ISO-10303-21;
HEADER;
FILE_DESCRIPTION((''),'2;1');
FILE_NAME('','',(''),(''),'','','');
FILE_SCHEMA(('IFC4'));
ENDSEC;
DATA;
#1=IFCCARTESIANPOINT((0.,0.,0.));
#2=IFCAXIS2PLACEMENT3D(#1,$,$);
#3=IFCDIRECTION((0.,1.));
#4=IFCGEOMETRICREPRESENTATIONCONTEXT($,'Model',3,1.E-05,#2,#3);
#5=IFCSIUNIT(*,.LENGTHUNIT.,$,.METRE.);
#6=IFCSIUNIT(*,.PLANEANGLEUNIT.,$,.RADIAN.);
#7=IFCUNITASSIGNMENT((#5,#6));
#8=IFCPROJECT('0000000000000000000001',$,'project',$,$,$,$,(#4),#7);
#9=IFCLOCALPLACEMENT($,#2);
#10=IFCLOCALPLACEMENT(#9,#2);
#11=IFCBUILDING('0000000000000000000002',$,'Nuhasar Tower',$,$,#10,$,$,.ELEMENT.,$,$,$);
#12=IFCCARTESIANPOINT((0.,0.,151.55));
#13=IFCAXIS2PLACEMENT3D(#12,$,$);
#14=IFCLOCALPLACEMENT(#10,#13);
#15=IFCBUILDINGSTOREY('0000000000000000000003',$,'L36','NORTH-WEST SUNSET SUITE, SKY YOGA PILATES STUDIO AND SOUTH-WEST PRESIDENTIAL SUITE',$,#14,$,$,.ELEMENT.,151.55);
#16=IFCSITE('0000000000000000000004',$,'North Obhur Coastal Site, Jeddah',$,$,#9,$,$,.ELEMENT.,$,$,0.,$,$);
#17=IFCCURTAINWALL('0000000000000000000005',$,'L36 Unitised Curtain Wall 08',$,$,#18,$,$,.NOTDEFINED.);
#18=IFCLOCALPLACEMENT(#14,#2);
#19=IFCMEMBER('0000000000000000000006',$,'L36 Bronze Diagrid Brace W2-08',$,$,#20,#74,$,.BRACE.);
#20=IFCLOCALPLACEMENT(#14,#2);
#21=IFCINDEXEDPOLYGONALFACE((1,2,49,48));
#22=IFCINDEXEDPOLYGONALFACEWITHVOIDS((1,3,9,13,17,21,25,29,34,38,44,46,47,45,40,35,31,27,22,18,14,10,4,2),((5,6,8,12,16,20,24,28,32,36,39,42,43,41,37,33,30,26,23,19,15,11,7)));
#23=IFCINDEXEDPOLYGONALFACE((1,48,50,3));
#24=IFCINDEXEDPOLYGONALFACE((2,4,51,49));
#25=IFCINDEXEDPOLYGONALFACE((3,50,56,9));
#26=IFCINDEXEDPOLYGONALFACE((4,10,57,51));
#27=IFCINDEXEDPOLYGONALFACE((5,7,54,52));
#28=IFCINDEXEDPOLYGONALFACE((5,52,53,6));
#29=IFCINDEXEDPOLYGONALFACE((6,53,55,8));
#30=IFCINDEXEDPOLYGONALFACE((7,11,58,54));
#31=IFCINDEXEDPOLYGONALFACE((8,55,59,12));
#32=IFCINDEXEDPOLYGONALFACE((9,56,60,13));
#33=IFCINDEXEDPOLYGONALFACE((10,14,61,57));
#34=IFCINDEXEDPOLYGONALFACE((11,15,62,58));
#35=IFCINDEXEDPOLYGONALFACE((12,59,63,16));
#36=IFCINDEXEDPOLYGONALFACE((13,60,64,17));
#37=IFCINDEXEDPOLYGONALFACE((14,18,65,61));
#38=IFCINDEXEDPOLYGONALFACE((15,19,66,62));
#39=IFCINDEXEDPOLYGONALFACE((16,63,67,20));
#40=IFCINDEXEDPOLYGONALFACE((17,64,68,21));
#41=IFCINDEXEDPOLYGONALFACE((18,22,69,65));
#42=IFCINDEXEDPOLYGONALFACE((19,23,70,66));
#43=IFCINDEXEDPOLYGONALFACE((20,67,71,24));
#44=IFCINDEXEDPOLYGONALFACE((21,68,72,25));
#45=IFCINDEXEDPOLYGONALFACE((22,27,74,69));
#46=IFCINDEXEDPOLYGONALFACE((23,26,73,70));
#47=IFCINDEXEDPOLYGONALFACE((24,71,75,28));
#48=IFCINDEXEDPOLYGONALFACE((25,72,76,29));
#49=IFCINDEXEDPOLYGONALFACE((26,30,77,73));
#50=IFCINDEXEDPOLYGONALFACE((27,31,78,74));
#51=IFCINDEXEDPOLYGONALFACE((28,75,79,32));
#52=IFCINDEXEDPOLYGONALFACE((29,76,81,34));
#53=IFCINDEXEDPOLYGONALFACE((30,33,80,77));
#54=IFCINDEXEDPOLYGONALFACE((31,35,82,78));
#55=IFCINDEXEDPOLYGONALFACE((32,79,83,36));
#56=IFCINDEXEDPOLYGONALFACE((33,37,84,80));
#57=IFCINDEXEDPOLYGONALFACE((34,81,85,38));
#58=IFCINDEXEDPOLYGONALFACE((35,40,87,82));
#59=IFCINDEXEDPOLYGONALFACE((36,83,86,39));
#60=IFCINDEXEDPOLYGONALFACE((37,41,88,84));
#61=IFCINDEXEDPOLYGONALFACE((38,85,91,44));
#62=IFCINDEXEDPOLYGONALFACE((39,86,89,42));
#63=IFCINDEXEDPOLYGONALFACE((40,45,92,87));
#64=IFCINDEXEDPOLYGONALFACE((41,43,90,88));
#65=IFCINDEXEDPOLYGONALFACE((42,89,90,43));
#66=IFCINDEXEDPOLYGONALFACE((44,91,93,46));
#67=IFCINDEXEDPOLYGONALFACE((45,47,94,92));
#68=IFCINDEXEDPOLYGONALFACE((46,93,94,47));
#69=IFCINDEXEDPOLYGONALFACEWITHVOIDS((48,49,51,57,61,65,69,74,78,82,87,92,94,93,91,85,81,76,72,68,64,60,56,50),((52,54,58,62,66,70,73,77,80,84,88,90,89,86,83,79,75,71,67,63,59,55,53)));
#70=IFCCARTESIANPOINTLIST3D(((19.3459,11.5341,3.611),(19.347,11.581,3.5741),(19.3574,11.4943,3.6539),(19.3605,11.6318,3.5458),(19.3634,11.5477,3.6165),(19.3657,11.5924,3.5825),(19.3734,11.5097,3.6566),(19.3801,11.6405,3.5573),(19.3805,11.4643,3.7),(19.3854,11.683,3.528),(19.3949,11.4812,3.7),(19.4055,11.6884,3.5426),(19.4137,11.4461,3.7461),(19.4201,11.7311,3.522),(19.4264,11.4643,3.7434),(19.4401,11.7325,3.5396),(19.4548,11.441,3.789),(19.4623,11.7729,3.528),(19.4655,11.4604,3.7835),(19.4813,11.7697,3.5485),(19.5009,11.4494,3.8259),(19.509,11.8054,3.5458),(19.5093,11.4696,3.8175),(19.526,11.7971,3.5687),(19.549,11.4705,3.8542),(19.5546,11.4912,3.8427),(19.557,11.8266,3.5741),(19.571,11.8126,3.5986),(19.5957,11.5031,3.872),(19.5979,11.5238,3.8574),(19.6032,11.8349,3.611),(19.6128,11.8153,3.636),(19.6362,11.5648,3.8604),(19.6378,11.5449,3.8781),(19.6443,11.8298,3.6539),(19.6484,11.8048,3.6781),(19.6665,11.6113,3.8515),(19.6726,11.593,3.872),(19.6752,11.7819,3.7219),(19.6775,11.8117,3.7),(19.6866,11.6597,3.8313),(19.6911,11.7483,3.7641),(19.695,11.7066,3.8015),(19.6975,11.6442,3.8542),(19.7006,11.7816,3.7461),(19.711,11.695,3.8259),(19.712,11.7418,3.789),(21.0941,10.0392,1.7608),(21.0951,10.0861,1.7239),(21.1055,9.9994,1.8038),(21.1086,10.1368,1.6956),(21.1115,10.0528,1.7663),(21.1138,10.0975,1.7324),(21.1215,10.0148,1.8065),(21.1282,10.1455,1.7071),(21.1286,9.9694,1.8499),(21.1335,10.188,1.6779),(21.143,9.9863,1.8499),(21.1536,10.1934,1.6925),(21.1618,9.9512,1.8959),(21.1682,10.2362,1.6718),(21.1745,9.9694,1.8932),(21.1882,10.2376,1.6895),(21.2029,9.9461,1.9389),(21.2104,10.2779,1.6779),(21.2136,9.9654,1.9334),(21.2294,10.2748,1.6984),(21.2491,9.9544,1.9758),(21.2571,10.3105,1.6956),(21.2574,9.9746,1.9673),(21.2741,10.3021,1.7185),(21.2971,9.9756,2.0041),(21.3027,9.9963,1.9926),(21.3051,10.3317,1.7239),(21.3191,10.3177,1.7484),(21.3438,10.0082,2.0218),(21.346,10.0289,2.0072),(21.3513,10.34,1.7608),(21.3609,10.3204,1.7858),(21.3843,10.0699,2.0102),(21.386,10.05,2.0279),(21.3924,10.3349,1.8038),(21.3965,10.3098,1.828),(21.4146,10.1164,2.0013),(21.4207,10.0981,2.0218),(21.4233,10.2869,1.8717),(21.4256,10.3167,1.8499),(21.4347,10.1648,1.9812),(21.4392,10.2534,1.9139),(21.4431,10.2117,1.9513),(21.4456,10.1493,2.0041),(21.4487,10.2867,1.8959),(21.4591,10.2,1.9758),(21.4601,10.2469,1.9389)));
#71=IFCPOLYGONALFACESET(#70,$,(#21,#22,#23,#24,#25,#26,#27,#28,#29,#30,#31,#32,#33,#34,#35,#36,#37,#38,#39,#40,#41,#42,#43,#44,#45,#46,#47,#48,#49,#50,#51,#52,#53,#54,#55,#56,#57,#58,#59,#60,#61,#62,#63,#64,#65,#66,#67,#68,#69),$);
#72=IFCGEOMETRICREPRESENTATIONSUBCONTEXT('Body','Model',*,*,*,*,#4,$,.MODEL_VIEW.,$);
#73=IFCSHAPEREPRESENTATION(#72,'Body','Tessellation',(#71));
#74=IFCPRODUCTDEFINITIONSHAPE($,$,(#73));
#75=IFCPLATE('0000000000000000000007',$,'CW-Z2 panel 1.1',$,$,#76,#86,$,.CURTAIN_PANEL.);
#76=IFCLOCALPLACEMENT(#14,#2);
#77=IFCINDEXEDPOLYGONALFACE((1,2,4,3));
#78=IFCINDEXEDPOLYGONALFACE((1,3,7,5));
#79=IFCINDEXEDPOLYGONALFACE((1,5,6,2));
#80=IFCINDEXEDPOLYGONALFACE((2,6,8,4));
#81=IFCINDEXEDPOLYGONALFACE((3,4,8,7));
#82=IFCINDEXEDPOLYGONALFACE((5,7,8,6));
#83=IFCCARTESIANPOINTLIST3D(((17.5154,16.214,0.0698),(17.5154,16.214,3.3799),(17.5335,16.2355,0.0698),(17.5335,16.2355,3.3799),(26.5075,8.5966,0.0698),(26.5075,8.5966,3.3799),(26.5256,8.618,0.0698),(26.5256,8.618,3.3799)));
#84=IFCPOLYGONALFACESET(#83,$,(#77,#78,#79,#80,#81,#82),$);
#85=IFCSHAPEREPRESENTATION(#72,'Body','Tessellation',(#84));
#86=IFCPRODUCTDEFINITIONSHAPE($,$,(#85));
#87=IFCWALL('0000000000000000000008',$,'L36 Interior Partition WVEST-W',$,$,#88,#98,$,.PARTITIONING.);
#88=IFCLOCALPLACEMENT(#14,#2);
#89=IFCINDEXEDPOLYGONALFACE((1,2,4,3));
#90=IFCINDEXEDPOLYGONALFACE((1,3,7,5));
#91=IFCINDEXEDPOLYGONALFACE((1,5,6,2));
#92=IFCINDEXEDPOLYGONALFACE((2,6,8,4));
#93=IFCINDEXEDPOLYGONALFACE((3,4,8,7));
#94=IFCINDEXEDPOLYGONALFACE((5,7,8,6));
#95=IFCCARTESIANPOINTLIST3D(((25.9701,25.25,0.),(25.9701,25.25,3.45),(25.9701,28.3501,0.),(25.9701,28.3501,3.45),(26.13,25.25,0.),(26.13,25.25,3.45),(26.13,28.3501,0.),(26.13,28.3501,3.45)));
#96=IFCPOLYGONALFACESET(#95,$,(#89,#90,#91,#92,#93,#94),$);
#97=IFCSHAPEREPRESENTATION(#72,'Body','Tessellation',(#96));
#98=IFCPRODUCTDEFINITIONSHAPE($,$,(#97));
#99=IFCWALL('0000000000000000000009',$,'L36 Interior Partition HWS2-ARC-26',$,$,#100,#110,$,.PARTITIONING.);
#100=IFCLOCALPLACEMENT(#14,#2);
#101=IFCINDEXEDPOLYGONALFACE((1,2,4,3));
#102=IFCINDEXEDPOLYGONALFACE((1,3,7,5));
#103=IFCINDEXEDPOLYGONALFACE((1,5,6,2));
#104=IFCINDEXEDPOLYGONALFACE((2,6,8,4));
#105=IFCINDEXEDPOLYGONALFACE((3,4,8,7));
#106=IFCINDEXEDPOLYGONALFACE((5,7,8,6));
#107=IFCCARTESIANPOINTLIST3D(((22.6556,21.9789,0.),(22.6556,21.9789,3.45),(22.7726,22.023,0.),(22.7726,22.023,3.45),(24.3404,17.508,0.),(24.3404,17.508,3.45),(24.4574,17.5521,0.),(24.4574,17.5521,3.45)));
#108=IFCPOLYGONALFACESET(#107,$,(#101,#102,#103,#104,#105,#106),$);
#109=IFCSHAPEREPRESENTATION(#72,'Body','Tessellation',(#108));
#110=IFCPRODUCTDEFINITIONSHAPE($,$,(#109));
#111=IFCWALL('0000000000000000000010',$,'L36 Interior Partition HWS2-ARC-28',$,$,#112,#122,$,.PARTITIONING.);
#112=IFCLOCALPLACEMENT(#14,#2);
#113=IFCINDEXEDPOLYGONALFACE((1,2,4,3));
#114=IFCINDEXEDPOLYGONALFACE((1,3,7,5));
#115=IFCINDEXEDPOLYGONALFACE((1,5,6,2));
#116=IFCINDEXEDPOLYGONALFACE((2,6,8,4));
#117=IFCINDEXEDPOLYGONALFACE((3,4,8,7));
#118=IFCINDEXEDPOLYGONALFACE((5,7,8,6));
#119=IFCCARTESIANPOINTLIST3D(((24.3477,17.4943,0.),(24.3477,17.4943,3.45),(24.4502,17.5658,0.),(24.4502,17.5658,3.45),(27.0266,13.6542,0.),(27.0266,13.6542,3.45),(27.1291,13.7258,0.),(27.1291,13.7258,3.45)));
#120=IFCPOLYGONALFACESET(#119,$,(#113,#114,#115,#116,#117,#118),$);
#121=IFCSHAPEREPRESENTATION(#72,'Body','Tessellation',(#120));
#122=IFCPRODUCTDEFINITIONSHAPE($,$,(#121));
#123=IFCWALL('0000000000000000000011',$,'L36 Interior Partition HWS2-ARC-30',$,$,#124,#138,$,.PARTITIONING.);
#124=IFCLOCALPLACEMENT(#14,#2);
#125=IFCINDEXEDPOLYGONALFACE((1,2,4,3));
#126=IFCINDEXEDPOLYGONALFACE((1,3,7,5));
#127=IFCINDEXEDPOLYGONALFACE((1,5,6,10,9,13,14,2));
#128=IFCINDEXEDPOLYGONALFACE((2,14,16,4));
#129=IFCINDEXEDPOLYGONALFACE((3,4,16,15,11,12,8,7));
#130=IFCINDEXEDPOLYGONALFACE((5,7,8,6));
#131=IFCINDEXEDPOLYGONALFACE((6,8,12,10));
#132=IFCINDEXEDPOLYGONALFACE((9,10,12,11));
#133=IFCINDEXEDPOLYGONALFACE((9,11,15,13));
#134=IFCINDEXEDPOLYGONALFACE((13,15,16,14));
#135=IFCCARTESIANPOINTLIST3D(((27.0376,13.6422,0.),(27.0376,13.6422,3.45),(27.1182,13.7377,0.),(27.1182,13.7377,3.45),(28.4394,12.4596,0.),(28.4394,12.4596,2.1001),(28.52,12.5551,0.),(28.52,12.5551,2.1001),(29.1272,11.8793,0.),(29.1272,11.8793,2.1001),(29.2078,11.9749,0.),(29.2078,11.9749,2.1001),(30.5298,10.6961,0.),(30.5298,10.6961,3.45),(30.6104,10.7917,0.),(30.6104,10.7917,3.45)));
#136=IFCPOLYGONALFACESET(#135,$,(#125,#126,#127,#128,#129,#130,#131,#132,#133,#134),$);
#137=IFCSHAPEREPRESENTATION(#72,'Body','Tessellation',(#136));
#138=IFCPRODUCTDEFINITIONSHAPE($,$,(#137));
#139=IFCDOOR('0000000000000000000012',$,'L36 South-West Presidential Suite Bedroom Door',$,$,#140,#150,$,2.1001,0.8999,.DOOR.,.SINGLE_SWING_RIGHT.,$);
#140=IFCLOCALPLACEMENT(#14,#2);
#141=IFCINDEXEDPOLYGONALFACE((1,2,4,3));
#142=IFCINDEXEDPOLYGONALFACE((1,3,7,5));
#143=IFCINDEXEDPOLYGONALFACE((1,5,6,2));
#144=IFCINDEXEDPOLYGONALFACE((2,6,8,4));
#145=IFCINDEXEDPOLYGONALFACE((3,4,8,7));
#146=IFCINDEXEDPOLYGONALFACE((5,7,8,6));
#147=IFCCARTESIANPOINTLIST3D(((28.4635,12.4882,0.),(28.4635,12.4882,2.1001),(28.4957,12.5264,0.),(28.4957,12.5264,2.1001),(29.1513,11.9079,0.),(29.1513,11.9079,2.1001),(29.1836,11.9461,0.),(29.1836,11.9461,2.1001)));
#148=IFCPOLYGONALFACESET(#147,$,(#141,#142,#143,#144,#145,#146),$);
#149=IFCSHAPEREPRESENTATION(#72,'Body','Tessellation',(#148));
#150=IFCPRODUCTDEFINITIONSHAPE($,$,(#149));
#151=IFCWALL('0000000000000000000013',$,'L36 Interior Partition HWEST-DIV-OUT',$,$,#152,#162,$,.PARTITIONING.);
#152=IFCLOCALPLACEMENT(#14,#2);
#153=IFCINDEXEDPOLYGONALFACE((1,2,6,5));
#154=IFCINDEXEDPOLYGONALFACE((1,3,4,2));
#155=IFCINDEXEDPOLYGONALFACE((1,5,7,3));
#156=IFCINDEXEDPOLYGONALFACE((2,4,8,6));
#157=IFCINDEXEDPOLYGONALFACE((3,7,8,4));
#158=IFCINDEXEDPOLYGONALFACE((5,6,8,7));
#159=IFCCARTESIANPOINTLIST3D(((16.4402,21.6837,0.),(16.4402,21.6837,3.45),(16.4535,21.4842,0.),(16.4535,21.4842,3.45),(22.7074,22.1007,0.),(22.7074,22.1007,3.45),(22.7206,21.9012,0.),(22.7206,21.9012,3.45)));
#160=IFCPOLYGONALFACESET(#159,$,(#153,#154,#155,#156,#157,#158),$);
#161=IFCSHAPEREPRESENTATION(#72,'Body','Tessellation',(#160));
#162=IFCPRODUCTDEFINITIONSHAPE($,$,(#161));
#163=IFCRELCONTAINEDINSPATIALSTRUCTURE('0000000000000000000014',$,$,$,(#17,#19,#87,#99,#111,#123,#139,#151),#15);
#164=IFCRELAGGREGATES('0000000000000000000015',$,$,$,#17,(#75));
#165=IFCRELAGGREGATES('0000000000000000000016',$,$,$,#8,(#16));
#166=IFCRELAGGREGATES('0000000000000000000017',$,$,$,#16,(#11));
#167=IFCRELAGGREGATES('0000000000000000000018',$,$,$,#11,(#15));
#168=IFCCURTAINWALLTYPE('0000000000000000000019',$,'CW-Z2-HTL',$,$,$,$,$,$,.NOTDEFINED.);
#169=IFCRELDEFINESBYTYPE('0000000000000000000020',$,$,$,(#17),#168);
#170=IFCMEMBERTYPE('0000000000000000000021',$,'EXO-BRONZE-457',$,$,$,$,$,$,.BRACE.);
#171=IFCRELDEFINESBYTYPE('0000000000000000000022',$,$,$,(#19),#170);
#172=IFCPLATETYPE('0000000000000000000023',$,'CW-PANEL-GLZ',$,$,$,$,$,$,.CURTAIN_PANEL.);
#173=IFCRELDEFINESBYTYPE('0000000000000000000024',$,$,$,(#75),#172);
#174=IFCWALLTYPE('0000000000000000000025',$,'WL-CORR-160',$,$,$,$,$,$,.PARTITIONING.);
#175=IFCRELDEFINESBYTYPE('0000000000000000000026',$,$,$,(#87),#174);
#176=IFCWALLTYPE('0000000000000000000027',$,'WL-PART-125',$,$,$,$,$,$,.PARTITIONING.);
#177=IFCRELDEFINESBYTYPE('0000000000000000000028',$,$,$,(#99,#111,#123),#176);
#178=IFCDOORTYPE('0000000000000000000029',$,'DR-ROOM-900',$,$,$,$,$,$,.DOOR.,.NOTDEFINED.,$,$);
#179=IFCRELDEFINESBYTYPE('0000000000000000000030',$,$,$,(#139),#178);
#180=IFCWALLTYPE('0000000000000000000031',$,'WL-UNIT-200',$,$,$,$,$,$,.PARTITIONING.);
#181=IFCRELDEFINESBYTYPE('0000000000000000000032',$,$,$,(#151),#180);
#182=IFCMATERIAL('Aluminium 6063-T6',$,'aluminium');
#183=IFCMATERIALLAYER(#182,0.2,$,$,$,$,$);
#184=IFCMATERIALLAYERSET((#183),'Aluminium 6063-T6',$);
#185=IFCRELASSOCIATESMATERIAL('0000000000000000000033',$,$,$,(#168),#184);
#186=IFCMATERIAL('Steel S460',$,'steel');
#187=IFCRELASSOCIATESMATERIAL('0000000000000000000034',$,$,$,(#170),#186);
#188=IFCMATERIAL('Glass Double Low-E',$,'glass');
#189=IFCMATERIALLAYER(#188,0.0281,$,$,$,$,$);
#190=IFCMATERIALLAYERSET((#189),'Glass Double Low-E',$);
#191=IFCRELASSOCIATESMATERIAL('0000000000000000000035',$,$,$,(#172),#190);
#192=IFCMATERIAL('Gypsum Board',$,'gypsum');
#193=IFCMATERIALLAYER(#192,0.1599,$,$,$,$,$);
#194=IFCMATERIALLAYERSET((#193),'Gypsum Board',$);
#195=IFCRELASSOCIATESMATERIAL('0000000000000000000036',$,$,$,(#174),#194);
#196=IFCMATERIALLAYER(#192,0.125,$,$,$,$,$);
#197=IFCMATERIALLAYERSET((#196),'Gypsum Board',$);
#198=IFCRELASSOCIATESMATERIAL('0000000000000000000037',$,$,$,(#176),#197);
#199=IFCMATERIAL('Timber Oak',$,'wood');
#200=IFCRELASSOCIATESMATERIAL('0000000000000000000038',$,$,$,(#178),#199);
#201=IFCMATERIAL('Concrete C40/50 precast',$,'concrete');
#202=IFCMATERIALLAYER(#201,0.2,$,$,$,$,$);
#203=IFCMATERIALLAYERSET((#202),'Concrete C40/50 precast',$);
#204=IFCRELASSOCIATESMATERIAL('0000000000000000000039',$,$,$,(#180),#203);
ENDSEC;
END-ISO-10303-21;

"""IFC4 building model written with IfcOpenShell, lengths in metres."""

from ifc_helpers import new_model, si_unit, direction, frame, frame_2d, origin, origin_2d, place, context, subcontext, project, spatial, rectangle, hollow_circle, extrude, material, layer, layer_set, material_profile, profile_set, type_object, element, fill, aggregate, save


model = new_model("IFC4")

# Units and contexts
model_context = context("Model", 3, precision=1e-05, world=origin(), true_north=direction((0.0, 1.0)))
body_context = subcontext(model_context, "Body", "Model", "MODEL_VIEW")
ifc_project = project(units=[si_unit("LENGTHUNIT", "METRE"), si_unit("PLANEANGLEUNIT", "RADIAN")], contexts=[model_context])

# Site, building, storey
site_placement = place(None, origin())
site = spatial("IfcSite", under=ifc_project, at=site_placement, Name="North Obhur Coastal Site, Jeddah", CompositionType="ELEMENT", RefElevation=0.0)
building_placement = place(site_placement, origin())
building = spatial("IfcBuilding", under=site, at=building_placement, Name="Nuhasar Tower", CompositionType="ELEMENT")
storey_placement = place(building_placement, frame((0.0, 0.0, 151.55)))
storey = spatial("IfcBuildingStorey", under=building, at=storey_placement, Name="L36", Description="NORTH-WEST SUNSET SUITE, SKY YOGA PILATES STUDIO AND SOUTH-WEST PRESIDENTIAL SUITE", CompositionType="ELEMENT", Elevation=151.55)

# Curtain wall
ifc_material_1 = material(Name="Aluminium 6063-T6", Category="aluminium")
ifc_layer_1 = layer(ifc_material_1, 0.2)
ifc_layer_set_1 = layer_set([ifc_layer_1], Name="Aluminium 6063-T6")
curtain_wall_type = type_object("IfcCurtainWallType", Name="CW-Z2-HTL", PredefinedType="NOTDEFINED", material=ifc_layer_set_1)
curtain_wall_1_placement = place(storey_placement, origin())
curtain_wall_1 = element("IfcCurtainWall", 1, at=curtain_wall_1_placement, inside=storey, type_object=curtain_wall_type, Name="L36 Unitised Curtain Wall 08", PredefinedType="NOTDEFINED")

# Member
ifc_material_2 = material(Name="Steel S460", Category="steel")
ifc_material_profile_1 = material_profile(ifc_material_2, hollow_circle(Radius=0.2285, WallThickness=0.0222, at=origin_2d()), Name="HSS457X22.2")
ifc_profile_set_1 = profile_set([ifc_material_profile_1], Name="Steel S460")
member_type_1 = type_object("IfcMemberType", Name="EXO-BRONZE-457", PredefinedType="BRACE", material=ifc_profile_set_1)
member_1_placement = place(storey_placement, frame((21.2771, 10.1431, 1.8499), z_axis=(-0.592195, 0.506426, 0.626767), x_axis=(-0.649926, -0.759998, 0.0)))
element("IfcMember", 2, at=member_1_placement, inside=storey, type_object=member_type_1, Name="L36 Bronze Diagrid Brace W2-08", PredefinedType="BRACE", context=body_context, shape_type="SweptSolid", body=[
    extrude(hollow_circle(Radius=0.2285, WallThickness=0.0222, at=origin_2d()), origin(), (0.0, 0.0, 1.0), 2.9519),
])

# Plate
ifc_material_3 = material(Name="Glass Double Low-E", Category="glass")
ifc_layer_2 = layer(ifc_material_3, 0.0281)
ifc_layer_set_2 = layer_set([ifc_layer_2], Name="Glass Double Low-E")
plate_type = type_object("IfcPlateType", Name="CW-PANEL-GLZ", PredefinedType="CURTAIN_PANEL", material=ifc_layer_set_2)
plate_placement = place(storey_placement, frame((22.0205, 12.416, 0.0698), z_axis=(0.0, 0.0, 1.0), x_axis=(0.76302, -0.646374, 0.0)))
plate = element("IfcPlate", 3, at=plate_placement, type_object=plate_type, Name="CW-Z2 panel 1.1", PredefinedType="CURTAIN_PANEL", context=body_context, shape_type="SweptSolid", body=[
    extrude(rectangle(XDim=11.7849, YDim=0.0281, at=origin_2d()), origin(), (0.0, 0.0, 1.0), 3.3101),
])
aggregate(curtain_wall_1, [plate])

# Shared definitions
ifc_material_4 = material(Name="Gypsum Board", Category="gypsum")
ifc_layer_3 = layer(ifc_material_4, 0.1599)
ifc_layer_set_3 = layer_set([ifc_layer_3], Name="Gypsum Board")
wall_type_1 = type_object("IfcWallType", Name="WL-CORR-160", PredefinedType="PARTITIONING", material=ifc_layer_set_3)
ifc_material_5 = material(Name="Timber Oak", Category="wood")

# Walls
wall_1_placement = place(storey_placement, frame((26.05, 25.25, 0.0), z_axis=(0.0, 0.0, 1.0), x_axis=(0.0, 1.0, 0.0)))
element("IfcWall", 4, at=wall_1_placement, inside=storey, type_object=wall_type_1, Name="L36 Interior Partition WVEST-W", PredefinedType="PARTITIONING", context=body_context, shape_type="SweptSolid", body=[
    extrude(rectangle(XDim=3.1001, YDim=0.1599, at=frame_2d((1.55, 0.0))), origin(), (0.0, 0.0, 1.0), 3.45),
])
ifc_layer_4 = layer(ifc_material_4, 0.125)
ifc_layer_set_4 = layer_set([ifc_layer_4], Name="Gypsum Board")
wall_type_2 = type_object("IfcWallType", Name="WL-PART-125", PredefinedType="PARTITIONING", material=ifc_layer_set_4)
wall_2_placement = place(storey_placement, frame((22.7141, 22.001, 0.0), z_axis=(0.0, 0.0, 1.0), x_axis=(0.352629, -0.935763, 0.0)))
element("IfcWall", 5, at=wall_2_placement, inside=storey, type_object=wall_type_2, Name="L36 Interior Partition HWS2-ARC-26", PredefinedType="PARTITIONING", context=body_context, shape_type="SweptSolid", body=[
    extrude(rectangle(XDim=4.7778, YDim=0.125, at=frame_2d((2.3889, 0.0))), origin(), (0.0, 0.0, 1.0), 3.45),
])
wall_3_placement = place(storey_placement, frame((24.3989, 17.53, 0.0), z_axis=(0.0, 0.0, 1.0), x_axis=(0.572156, -0.820145, 0.0)))
element("IfcWall", 6, at=wall_3_placement, inside=storey, type_object=wall_type_2, Name="L36 Interior Partition HWS2-ARC-28", PredefinedType="PARTITIONING", context=body_context, shape_type="SweptSolid", body=[
    extrude(rectangle(XDim=4.6821, YDim=0.125, at=frame_2d((2.3411, 0.0))), origin(), (0.0, 0.0, 1.0), 3.45),
])

# Wall, opening, door
wall_4_placement = place(storey_placement, frame((27.0779, 13.6899, 0.0), z_axis=(0.0, 0.0, 1.0), x_axis=(0.764344, -0.644809, 0.0)))
wall_4 = element("IfcWall", 7, at=wall_4_placement, inside=storey, type_object=wall_type_2, Name="L36 Interior Partition HWS2-ARC-30", PredefinedType="PARTITIONING", context=body_context, shape_type="SweptSolid", body=[
    extrude(rectangle(XDim=4.5688, YDim=0.125, at=frame_2d((2.2844, 0.0))), origin(), (0.0, 0.0, 1.0), 3.45),
])
opening_1_placement = place(wall_4_placement, frame((1.834, 0.0, 0.0)))
opening_1 = element("IfcOpeningElement", 8, at=opening_1_placement, cuts=wall_4, PredefinedType="OPENING", context=body_context, shape_type="SweptSolid", body=[
    extrude(rectangle(XDim=0.8999, YDim=2.1001, at=frame_2d((0.45, 1.05))), frame((0.0, 0.0725, 0.0), z_axis=(0.0, -1.0, 0.0), x_axis=(1.0, 0.0, 0.0)), (0.0, 0.0, 1.0), 0.145),
])
door_type_1 = type_object("IfcDoorType", Name="DR-ROOM-900", OperationType="NOTDEFINED", PredefinedType="DOOR", material=ifc_material_5)
door_1_placement = place(opening_1_placement, origin())
door_1 = element("IfcDoor", 9, at=door_1_placement, inside=storey, type_object=door_type_1, Name="L36 South-West Presidential Suite Bedroom Door", OperationType="SINGLE_SWING_RIGHT", OverallHeight=2.1001, OverallWidth=0.8999, PredefinedType="DOOR", context=body_context, shape_type="SweptSolid", body=[
    extrude(rectangle(XDim=0.8999, YDim=2.1001, at=frame_2d((0.45, 1.05))), frame((0.0, 0.0249, 0.0), z_axis=(0.0, -1.0, 0.0), x_axis=(1.0, 0.0, 0.0)), (0.0, 0.0, 1.0), 0.05),
])
fill(opening_1, door_1)

# Wall
ifc_material_6 = material(Name="Concrete C40/50 precast", Category="concrete")
ifc_layer_5 = layer(ifc_material_6, 0.2)
ifc_layer_set_5 = layer_set([ifc_layer_5], Name="Concrete C40/50 precast")
wall_type_3 = type_object("IfcWallType", Name="WL-UNIT-200", PredefinedType="PARTITIONING", material=ifc_layer_set_5)
wall_5_placement = place(storey_placement, frame((22.7141, 22.001, 0.0), z_axis=(0.0, 0.0, 1.0), x_axis=(-0.997794, -0.06639, 0.0)))
element("IfcWall", 10, at=wall_5_placement, inside=storey, type_object=wall_type_3, Name="L36 Interior Partition HWEST-DIV-OUT", PredefinedType="PARTITIONING", context=body_context, shape_type="SweptSolid", body=[
    extrude(rectangle(XDim=6.281, YDim=0.2, at=frame_2d((3.1406, 0.0))), origin(), (0.0, 0.0, 1.0), 3.45),
])

save(model, "model.ifc")
